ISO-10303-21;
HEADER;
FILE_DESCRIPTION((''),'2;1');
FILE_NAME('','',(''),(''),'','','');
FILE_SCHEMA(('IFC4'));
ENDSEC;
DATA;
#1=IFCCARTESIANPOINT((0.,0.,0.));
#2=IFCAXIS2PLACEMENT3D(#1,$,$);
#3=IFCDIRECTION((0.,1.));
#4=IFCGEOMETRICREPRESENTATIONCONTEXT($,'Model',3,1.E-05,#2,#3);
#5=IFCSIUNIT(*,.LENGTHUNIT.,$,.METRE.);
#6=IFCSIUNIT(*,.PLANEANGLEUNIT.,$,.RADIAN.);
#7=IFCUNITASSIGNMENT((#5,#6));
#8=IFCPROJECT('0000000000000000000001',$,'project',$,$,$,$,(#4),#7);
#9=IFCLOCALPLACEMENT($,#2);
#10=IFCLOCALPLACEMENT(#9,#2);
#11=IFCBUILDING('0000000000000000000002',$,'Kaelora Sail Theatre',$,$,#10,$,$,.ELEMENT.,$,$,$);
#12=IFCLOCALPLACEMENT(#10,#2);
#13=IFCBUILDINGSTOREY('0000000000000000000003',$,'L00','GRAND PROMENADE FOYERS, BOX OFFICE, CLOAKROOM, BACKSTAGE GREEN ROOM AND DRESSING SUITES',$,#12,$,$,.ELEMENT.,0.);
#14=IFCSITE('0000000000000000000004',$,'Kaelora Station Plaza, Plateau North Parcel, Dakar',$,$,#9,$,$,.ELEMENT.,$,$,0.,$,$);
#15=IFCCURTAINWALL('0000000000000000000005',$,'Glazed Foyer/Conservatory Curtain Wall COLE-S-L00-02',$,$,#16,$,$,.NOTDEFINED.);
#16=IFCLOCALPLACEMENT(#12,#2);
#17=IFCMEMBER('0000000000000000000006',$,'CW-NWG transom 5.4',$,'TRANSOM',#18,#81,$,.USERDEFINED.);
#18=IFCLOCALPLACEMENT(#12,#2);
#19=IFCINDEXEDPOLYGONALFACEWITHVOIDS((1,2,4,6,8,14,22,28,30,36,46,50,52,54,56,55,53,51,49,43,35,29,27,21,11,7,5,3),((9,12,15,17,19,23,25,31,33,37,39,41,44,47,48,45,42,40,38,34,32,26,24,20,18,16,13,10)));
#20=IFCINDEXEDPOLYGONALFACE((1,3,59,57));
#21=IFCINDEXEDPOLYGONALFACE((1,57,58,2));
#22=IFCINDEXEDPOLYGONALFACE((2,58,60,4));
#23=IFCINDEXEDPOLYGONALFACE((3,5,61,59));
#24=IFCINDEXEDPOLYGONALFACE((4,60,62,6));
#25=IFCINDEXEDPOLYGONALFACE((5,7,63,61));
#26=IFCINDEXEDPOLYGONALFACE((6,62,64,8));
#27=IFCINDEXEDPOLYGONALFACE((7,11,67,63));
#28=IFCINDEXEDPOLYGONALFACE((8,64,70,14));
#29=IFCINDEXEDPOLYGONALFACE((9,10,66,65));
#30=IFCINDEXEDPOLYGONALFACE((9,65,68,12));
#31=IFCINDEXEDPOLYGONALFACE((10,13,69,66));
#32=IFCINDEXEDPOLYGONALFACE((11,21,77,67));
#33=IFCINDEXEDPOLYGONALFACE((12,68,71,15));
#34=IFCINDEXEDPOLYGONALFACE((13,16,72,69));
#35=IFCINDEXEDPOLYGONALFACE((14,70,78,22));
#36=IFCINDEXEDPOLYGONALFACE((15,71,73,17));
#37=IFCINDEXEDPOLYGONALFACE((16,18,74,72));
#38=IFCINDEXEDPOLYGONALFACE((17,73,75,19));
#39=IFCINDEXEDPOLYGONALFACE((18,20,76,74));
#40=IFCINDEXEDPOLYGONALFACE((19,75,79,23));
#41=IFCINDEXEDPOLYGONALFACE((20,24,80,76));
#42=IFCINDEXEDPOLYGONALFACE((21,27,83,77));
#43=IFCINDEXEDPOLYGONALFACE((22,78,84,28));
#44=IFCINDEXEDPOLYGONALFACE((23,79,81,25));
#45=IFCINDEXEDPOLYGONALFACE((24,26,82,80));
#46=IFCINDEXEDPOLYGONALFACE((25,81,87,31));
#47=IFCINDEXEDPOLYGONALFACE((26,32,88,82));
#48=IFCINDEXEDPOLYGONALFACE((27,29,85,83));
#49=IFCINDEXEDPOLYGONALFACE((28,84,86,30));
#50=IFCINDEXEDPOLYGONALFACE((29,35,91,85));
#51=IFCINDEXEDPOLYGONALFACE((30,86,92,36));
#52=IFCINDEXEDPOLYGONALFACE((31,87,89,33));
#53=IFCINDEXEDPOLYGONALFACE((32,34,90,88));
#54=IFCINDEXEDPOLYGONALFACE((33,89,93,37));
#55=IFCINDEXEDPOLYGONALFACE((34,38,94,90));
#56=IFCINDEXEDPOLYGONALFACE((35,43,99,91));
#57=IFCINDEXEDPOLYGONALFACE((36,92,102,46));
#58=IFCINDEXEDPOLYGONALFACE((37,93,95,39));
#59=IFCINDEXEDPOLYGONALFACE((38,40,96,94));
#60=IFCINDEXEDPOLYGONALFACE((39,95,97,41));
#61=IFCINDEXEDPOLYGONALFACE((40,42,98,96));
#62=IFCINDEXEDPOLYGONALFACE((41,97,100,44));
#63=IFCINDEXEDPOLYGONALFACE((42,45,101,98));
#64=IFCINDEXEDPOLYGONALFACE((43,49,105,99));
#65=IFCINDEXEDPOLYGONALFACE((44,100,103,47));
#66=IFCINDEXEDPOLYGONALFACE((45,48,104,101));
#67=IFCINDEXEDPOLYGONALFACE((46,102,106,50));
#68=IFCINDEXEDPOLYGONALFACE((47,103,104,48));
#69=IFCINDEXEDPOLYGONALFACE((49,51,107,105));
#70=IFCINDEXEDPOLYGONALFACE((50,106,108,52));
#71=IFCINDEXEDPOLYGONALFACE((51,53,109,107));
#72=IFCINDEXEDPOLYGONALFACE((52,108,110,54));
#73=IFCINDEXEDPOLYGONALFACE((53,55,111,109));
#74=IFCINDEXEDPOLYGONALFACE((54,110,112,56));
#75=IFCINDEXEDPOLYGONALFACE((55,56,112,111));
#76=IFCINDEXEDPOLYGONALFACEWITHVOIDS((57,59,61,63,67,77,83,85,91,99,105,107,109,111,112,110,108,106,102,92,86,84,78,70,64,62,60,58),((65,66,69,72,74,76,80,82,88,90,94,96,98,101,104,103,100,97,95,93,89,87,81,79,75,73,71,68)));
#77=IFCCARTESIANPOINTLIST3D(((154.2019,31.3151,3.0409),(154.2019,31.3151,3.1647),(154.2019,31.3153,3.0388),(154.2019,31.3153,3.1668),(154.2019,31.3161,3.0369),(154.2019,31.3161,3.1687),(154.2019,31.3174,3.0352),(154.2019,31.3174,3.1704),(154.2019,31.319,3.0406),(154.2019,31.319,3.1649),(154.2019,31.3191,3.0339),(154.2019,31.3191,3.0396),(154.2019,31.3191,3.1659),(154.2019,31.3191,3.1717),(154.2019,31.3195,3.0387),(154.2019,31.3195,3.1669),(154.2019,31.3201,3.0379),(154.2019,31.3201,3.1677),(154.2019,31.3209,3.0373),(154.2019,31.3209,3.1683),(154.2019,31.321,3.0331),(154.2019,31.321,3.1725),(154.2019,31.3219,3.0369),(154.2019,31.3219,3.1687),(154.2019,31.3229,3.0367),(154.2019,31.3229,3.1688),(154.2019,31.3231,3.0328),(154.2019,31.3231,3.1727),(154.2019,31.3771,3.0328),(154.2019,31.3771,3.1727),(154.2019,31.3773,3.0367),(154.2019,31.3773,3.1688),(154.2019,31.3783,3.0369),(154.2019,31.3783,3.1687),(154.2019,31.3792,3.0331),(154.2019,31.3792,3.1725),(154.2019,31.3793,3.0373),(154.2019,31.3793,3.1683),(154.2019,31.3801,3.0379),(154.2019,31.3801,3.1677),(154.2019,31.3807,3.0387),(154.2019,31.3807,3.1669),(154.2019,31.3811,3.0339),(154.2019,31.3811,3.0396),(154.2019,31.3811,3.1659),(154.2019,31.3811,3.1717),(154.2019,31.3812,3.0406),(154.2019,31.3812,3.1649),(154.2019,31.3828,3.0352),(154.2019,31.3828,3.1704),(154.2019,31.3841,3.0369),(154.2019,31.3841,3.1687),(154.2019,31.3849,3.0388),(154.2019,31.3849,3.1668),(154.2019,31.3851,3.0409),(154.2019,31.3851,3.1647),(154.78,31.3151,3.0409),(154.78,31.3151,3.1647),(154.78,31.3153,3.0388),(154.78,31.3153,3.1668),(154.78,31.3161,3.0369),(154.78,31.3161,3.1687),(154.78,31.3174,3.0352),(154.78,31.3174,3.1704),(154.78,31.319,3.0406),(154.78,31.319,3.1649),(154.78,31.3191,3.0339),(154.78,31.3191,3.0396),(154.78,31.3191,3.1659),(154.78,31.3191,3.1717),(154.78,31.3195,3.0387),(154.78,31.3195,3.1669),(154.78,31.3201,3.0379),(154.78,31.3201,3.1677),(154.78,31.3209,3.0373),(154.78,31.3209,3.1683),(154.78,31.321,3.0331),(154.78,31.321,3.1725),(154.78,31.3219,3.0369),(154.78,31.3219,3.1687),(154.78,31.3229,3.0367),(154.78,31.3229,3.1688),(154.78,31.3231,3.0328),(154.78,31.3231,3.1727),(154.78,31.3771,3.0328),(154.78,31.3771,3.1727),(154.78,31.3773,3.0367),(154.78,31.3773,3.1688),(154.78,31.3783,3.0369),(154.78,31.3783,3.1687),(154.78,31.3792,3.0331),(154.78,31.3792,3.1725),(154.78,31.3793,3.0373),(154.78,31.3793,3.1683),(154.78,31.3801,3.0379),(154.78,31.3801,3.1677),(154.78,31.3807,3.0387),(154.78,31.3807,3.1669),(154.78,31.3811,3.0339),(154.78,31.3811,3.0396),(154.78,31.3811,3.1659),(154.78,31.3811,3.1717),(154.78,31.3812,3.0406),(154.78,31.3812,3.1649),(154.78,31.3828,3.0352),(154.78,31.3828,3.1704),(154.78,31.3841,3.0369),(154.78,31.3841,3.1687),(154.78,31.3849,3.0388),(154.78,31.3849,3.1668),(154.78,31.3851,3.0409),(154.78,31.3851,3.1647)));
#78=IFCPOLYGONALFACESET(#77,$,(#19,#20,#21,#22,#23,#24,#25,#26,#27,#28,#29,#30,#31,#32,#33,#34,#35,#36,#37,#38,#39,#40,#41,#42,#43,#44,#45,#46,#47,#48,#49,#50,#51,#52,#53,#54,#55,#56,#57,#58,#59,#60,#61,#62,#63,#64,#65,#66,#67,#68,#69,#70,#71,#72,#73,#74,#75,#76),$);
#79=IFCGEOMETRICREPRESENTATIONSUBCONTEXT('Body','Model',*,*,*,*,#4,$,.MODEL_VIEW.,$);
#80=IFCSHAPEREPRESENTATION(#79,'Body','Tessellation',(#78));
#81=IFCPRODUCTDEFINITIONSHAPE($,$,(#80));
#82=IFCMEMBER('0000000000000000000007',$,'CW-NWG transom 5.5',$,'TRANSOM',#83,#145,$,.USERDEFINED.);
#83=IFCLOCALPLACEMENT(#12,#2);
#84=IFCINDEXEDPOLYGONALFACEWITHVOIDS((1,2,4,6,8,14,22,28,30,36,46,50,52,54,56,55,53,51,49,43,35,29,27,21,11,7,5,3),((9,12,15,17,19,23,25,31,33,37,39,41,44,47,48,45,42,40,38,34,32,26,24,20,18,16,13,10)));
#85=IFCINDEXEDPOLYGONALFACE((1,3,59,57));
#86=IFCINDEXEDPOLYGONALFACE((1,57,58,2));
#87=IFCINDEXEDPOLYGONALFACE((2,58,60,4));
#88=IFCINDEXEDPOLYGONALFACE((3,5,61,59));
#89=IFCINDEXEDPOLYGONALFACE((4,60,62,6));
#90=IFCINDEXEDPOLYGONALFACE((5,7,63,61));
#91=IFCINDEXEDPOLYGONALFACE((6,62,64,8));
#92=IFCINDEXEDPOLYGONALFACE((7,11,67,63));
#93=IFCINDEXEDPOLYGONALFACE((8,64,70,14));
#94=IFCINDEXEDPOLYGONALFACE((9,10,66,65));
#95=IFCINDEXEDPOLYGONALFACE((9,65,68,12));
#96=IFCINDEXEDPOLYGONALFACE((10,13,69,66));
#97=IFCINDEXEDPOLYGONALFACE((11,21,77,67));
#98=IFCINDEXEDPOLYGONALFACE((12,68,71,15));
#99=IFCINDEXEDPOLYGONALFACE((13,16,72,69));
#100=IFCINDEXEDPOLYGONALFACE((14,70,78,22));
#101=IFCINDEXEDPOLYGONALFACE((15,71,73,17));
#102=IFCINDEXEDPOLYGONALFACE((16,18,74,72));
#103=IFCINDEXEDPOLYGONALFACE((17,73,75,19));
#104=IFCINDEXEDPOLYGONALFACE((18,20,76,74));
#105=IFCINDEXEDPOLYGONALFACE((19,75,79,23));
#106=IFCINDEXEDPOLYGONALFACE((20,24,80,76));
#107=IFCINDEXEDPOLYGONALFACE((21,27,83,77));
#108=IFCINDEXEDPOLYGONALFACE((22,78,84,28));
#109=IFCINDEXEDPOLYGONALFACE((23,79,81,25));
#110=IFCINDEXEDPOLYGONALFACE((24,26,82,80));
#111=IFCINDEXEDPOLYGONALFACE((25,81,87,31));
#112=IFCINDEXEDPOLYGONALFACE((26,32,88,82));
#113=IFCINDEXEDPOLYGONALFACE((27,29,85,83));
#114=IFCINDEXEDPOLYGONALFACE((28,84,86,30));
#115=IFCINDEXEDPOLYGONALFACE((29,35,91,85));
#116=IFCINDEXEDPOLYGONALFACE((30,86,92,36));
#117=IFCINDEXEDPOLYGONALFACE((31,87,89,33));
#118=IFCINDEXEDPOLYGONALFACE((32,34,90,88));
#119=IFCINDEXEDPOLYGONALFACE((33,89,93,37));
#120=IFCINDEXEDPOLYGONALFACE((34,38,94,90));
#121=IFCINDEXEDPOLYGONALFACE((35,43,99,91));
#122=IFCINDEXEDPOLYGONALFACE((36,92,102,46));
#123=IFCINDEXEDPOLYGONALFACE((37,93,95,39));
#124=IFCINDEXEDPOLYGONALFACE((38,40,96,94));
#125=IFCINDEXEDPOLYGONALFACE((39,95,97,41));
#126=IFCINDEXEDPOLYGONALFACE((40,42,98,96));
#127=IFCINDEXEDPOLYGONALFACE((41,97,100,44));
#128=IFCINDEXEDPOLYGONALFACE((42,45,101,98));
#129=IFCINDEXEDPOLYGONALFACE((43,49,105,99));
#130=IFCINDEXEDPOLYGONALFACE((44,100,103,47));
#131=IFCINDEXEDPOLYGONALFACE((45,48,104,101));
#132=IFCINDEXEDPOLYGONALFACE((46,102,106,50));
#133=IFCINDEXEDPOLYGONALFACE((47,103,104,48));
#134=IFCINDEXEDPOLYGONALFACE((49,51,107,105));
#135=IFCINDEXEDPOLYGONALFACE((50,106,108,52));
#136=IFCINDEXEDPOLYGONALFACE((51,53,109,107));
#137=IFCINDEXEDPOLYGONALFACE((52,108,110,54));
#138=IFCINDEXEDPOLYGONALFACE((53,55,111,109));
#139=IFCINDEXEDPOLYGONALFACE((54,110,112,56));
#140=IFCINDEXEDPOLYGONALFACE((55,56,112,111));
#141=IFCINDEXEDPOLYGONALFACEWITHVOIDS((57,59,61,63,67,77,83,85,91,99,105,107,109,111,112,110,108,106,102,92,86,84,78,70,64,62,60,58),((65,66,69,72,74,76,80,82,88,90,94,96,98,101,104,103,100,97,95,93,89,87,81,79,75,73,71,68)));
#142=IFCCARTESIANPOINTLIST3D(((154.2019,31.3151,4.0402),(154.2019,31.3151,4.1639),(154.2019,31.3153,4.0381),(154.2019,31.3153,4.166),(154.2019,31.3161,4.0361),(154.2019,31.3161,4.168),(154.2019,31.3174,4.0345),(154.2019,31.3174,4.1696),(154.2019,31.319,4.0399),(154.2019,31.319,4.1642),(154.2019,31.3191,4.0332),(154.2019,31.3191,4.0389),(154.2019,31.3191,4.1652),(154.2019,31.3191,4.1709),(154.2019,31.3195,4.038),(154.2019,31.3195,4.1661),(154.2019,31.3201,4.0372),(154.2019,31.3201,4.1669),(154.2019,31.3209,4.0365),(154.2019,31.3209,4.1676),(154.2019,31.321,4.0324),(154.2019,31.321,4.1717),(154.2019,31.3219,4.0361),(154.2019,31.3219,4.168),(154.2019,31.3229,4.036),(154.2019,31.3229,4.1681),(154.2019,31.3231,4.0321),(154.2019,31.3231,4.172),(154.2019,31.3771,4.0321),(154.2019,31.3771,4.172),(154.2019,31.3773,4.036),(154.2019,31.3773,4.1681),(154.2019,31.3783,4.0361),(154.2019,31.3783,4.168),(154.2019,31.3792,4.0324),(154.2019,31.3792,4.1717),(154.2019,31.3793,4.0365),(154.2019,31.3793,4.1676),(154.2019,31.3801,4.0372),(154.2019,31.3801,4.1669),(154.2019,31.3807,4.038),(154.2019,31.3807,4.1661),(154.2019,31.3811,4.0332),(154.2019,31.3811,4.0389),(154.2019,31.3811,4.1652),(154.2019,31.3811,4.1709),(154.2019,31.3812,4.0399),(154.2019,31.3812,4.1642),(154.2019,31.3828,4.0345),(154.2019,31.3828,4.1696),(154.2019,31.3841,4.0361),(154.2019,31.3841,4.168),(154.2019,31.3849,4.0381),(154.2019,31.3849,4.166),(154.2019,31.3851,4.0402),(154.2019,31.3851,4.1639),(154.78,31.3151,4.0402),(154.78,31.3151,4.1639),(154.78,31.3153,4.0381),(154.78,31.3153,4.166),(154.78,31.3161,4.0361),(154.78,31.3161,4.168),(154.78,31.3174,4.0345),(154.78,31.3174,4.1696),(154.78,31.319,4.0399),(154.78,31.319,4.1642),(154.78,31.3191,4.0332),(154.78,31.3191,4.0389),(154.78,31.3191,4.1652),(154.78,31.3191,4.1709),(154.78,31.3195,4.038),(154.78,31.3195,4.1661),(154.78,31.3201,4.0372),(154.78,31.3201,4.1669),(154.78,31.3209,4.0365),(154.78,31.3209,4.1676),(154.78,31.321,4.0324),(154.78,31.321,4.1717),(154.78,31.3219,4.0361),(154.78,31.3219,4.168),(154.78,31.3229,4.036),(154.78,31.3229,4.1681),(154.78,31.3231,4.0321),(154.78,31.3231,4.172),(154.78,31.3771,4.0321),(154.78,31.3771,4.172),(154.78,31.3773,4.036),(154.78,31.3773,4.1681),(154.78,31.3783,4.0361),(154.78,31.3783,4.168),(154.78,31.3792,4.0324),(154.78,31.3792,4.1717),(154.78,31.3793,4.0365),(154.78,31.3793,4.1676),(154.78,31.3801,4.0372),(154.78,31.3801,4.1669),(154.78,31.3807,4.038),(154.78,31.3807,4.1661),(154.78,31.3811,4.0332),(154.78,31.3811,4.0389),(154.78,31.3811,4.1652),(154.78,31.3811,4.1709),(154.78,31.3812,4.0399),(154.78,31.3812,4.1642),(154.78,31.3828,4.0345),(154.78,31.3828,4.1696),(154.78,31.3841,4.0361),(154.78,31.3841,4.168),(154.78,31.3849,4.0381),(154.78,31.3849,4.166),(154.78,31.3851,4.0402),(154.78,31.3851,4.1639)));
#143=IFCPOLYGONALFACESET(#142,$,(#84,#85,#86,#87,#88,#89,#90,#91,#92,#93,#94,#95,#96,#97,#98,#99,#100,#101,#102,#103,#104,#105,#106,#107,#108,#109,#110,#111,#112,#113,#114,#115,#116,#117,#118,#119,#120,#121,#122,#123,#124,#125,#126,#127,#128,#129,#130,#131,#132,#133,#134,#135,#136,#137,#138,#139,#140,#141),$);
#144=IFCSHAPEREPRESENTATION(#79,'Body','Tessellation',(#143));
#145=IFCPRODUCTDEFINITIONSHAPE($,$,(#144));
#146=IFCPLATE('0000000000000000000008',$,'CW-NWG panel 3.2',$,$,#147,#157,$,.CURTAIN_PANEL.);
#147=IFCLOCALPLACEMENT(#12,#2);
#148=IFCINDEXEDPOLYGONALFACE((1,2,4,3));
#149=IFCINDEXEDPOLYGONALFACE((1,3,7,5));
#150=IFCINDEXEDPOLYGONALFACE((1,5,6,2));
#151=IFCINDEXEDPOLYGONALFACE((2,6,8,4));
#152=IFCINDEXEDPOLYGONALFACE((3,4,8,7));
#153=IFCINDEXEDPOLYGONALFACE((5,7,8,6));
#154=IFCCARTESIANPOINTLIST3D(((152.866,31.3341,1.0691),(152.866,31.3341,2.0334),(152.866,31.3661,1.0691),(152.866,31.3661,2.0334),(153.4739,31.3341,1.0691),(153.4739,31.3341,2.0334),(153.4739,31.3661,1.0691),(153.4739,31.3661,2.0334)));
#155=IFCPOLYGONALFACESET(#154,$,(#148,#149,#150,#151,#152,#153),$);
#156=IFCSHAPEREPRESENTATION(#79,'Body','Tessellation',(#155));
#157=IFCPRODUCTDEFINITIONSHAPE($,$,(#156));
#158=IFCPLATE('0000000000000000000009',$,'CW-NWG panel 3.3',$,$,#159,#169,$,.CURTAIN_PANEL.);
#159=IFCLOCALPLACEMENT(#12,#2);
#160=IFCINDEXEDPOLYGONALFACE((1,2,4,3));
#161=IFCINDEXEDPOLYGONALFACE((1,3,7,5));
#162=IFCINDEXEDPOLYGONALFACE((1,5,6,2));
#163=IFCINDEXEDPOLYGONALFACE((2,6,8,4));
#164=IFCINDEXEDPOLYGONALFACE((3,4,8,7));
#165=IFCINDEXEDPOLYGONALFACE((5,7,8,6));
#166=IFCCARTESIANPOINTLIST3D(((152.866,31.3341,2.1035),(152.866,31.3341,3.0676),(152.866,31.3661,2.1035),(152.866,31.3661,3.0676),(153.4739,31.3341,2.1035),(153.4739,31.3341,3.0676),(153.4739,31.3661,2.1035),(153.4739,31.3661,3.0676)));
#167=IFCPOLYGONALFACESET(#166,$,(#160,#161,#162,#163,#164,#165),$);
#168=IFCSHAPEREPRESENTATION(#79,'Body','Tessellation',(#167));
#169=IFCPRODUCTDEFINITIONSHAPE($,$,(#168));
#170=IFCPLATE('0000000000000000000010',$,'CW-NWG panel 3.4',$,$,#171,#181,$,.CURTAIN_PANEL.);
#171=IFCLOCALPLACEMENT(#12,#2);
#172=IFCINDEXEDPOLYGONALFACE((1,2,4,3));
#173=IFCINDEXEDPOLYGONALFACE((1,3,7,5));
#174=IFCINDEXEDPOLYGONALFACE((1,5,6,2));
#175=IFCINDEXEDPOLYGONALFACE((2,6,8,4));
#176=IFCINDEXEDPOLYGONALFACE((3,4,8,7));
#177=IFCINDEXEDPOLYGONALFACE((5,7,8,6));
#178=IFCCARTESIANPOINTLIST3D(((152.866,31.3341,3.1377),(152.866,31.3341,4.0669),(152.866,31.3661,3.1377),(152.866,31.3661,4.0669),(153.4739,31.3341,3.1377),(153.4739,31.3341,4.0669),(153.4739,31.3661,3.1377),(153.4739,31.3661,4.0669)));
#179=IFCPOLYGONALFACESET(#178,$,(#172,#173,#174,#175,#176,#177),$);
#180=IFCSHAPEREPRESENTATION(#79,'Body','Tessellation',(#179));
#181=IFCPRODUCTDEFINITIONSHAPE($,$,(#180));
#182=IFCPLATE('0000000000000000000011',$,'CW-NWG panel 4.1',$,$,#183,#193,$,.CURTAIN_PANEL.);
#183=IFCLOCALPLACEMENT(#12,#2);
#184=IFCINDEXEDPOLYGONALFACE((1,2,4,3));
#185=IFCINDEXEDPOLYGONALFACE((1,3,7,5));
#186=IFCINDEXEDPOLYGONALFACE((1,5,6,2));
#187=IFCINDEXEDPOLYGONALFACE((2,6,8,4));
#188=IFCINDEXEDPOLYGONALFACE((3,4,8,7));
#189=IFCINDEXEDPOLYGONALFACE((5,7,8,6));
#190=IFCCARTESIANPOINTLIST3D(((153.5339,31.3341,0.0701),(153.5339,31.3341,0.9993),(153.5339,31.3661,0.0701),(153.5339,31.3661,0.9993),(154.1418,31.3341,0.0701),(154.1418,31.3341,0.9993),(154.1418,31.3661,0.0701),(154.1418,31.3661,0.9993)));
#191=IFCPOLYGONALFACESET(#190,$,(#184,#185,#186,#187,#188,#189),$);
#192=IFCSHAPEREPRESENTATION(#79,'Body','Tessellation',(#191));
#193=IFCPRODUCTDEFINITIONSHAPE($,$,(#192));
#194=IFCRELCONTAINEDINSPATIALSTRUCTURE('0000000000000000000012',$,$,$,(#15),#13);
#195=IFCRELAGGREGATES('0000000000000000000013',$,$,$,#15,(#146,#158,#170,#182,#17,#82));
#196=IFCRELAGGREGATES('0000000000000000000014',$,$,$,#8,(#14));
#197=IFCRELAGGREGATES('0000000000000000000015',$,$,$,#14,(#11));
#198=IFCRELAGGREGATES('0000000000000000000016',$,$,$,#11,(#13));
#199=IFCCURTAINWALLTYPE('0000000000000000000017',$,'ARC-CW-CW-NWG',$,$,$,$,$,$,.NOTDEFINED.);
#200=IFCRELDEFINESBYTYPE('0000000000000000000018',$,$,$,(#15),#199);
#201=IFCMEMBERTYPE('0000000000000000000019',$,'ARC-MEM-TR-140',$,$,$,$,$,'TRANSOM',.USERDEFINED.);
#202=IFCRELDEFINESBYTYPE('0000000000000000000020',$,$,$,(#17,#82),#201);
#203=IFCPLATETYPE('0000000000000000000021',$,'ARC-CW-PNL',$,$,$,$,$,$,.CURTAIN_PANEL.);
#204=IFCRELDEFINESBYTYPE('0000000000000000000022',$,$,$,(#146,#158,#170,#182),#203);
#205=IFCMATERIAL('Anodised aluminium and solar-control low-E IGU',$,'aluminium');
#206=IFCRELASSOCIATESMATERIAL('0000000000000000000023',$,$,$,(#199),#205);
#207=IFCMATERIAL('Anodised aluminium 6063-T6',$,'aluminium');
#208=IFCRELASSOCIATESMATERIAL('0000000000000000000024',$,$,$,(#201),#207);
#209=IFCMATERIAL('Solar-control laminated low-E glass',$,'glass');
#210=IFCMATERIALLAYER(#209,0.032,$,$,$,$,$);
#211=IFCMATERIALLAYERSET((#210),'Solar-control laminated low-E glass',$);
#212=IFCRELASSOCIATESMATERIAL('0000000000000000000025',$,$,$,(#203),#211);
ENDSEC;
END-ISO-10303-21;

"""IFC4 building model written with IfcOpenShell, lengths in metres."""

from ifc_helpers import new_model, si_unit, direction, frame, origin, origin_2d, place, context, subcontext, project, spatial, rectangle, hollow_rectangle, extrude, material, layer, layer_set, material_profile, profile_set, type_object, element, aggregate, save


model = new_model("IFC4")

# Units and contexts
model_context = context("Model", 3, precision=1e-05, world=origin(), true_north=direction((0.0, 1.0)))
body_context = subcontext(model_context, "Body", "Model", "MODEL_VIEW")
ifc_project = project(units=[si_unit("LENGTHUNIT", "METRE"), si_unit("PLANEANGLEUNIT", "RADIAN")], contexts=[model_context])

# Site, building, storey
site_placement = place(None, origin())
site = spatial("IfcSite", under=ifc_project, at=site_placement, Name="Kaelora Station Plaza, Plateau North Parcel, Dakar", CompositionType="ELEMENT", RefElevation=0.0)
building_placement = place(site_placement, origin())
building = spatial("IfcBuilding", under=site, at=building_placement, Name="Kaelora Sail Theatre", CompositionType="ELEMENT")
storey_placement = place(building_placement, origin())
storey = spatial("IfcBuildingStorey", under=building, at=storey_placement, Name="L00", Description="GRAND PROMENADE FOYERS, BOX OFFICE, CLOAKROOM, BACKSTAGE GREEN ROOM AND DRESSING SUITES", CompositionType="ELEMENT", Elevation=0.0)

# Curtain wall, members, plates
ifc_material_1 = material(Name="Anodised aluminium and solar-control low-E IGU", Category="aluminium")
curtain_wall_type = type_object("IfcCurtainWallType", Name="ARC-CW-CW-NWG", PredefinedType="NOTDEFINED", material=ifc_material_1)
curtain_wall_placement = place(storey_placement, origin())
curtain_wall = element("IfcCurtainWall", 1, at=curtain_wall_placement, inside=storey, type_object=curtain_wall_type, Name="Glazed Foyer/Conservatory Curtain Wall COLE-S-L00-02", PredefinedType="NOTDEFINED")
ifc_material_2 = material(Name="Anodised aluminium 6063-T6", Category="aluminium")
ifc_material_profile_1 = material_profile(ifc_material_2, hollow_rectangle(XDim=0.0701, YDim=0.1399, WallThickness=0.0039, InnerFilletRadius=0.0039, OuterFilletRadius=0.0081, at=origin_2d()), Name="ALU-TRAN 70x140x4")
ifc_profile_set_1 = profile_set([ifc_material_profile_1], Name="Anodised aluminium 6063-T6")
member_type_1 = type_object("IfcMemberType", Name="ARC-MEM-TR-140", ElementType="TRANSOM", PredefinedType="USERDEFINED", material=ifc_profile_set_1)
member_1_placement = place(storey_placement, frame((154.2019, 31.3501, 3.1028), z_axis=(1.0, 0.0, 0.0), x_axis=(0.0, 1.0, 0.0)))
member_1 = element("IfcMember", 2, at=member_1_placement, type_object=member_type_1, Name="CW-NWG transom 5.4", ObjectType="TRANSOM", PredefinedType="USERDEFINED", context=body_context, shape_type="SweptSolid", body=[
    extrude(hollow_rectangle(XDim=0.0701, YDim=0.1399, WallThickness=0.0039, InnerFilletRadius=0.0039, OuterFilletRadius=0.0081, at=origin_2d()), origin(), (0.0, 0.0, 1.0), 0.5781),
])
member_2_placement = place(storey_placement, frame((154.2019, 31.3501, 4.1021), z_axis=(1.0, 0.0, 0.0), x_axis=(0.0, 1.0, 0.0)))
member_2 = element("IfcMember", 3, at=member_2_placement, type_object=member_type_1, Name="CW-NWG transom 5.5", ObjectType="TRANSOM", PredefinedType="USERDEFINED", context=body_context, shape_type="SweptSolid", body=[
    extrude(hollow_rectangle(XDim=0.0701, YDim=0.1399, WallThickness=0.0039, InnerFilletRadius=0.0039, OuterFilletRadius=0.0081, at=origin_2d()), origin(), (0.0, 0.0, 1.0), 0.5781),
])
ifc_material_3 = material(Name="Solar-control laminated low-E glass", Category="glass")
ifc_layer = layer(ifc_material_3, 0.032)
ifc_layer_set = layer_set([ifc_layer], Name="Solar-control laminated low-E glass")
plate_type = type_object("IfcPlateType", Name="ARC-CW-PNL", PredefinedType="CURTAIN_PANEL", material=ifc_layer_set)
plate_1_placement = place(storey_placement, frame((153.1699, 31.3501, 1.0691), z_axis=(0.0, 0.0, 1.0), x_axis=(1.0, 0.0, 0.0)))
plate_1 = element("IfcPlate", 4, at=plate_1_placement, type_object=plate_type, Name="CW-NWG panel 3.2", PredefinedType="CURTAIN_PANEL", context=body_context, shape_type="SweptSolid", body=[
    extrude(rectangle(XDim=0.6079, YDim=0.032, at=origin_2d()), origin(), (0.0, 0.0, 1.0), 0.9644),
])
plate_2_placement = place(storey_placement, frame((153.1699, 31.3501, 2.1035), z_axis=(0.0, 0.0, 1.0), x_axis=(1.0, 0.0, 0.0)))
plate_2 = element("IfcPlate", 5, at=plate_2_placement, type_object=plate_type, Name="CW-NWG panel 3.3", PredefinedType="CURTAIN_PANEL", context=body_context, shape_type="SweptSolid", body=[
    extrude(rectangle(XDim=0.6079, YDim=0.032, at=origin_2d()), origin(), (0.0, 0.0, 1.0), 0.9641),
])
plate_3_placement = place(storey_placement, frame((153.1699, 31.3501, 3.1377), z_axis=(0.0, 0.0, 1.0), x_axis=(1.0, 0.0, 0.0)))
plate_3 = element("IfcPlate", 6, at=plate_3_placement, type_object=plate_type, Name="CW-NWG panel 3.4", PredefinedType="CURTAIN_PANEL", context=body_context, shape_type="SweptSolid", body=[
    extrude(rectangle(XDim=0.6079, YDim=0.032, at=origin_2d()), origin(), (0.0, 0.0, 1.0), 0.9292),
])
plate_4_placement = place(storey_placement, frame((153.8379, 31.3501, 0.0701), z_axis=(0.0, 0.0, 1.0), x_axis=(1.0, 0.0, 0.0)))
plate_4 = element("IfcPlate", 7, at=plate_4_placement, type_object=plate_type, Name="CW-NWG panel 4.1", PredefinedType="CURTAIN_PANEL", context=body_context, shape_type="SweptSolid", body=[
    extrude(rectangle(XDim=0.6079, YDim=0.032, at=origin_2d()), origin(), (0.0, 0.0, 1.0), 0.9292),
])
aggregate(curtain_wall, [plate_1, plate_2, plate_3, plate_4, member_1, member_2])

save(model, "model.ifc")
